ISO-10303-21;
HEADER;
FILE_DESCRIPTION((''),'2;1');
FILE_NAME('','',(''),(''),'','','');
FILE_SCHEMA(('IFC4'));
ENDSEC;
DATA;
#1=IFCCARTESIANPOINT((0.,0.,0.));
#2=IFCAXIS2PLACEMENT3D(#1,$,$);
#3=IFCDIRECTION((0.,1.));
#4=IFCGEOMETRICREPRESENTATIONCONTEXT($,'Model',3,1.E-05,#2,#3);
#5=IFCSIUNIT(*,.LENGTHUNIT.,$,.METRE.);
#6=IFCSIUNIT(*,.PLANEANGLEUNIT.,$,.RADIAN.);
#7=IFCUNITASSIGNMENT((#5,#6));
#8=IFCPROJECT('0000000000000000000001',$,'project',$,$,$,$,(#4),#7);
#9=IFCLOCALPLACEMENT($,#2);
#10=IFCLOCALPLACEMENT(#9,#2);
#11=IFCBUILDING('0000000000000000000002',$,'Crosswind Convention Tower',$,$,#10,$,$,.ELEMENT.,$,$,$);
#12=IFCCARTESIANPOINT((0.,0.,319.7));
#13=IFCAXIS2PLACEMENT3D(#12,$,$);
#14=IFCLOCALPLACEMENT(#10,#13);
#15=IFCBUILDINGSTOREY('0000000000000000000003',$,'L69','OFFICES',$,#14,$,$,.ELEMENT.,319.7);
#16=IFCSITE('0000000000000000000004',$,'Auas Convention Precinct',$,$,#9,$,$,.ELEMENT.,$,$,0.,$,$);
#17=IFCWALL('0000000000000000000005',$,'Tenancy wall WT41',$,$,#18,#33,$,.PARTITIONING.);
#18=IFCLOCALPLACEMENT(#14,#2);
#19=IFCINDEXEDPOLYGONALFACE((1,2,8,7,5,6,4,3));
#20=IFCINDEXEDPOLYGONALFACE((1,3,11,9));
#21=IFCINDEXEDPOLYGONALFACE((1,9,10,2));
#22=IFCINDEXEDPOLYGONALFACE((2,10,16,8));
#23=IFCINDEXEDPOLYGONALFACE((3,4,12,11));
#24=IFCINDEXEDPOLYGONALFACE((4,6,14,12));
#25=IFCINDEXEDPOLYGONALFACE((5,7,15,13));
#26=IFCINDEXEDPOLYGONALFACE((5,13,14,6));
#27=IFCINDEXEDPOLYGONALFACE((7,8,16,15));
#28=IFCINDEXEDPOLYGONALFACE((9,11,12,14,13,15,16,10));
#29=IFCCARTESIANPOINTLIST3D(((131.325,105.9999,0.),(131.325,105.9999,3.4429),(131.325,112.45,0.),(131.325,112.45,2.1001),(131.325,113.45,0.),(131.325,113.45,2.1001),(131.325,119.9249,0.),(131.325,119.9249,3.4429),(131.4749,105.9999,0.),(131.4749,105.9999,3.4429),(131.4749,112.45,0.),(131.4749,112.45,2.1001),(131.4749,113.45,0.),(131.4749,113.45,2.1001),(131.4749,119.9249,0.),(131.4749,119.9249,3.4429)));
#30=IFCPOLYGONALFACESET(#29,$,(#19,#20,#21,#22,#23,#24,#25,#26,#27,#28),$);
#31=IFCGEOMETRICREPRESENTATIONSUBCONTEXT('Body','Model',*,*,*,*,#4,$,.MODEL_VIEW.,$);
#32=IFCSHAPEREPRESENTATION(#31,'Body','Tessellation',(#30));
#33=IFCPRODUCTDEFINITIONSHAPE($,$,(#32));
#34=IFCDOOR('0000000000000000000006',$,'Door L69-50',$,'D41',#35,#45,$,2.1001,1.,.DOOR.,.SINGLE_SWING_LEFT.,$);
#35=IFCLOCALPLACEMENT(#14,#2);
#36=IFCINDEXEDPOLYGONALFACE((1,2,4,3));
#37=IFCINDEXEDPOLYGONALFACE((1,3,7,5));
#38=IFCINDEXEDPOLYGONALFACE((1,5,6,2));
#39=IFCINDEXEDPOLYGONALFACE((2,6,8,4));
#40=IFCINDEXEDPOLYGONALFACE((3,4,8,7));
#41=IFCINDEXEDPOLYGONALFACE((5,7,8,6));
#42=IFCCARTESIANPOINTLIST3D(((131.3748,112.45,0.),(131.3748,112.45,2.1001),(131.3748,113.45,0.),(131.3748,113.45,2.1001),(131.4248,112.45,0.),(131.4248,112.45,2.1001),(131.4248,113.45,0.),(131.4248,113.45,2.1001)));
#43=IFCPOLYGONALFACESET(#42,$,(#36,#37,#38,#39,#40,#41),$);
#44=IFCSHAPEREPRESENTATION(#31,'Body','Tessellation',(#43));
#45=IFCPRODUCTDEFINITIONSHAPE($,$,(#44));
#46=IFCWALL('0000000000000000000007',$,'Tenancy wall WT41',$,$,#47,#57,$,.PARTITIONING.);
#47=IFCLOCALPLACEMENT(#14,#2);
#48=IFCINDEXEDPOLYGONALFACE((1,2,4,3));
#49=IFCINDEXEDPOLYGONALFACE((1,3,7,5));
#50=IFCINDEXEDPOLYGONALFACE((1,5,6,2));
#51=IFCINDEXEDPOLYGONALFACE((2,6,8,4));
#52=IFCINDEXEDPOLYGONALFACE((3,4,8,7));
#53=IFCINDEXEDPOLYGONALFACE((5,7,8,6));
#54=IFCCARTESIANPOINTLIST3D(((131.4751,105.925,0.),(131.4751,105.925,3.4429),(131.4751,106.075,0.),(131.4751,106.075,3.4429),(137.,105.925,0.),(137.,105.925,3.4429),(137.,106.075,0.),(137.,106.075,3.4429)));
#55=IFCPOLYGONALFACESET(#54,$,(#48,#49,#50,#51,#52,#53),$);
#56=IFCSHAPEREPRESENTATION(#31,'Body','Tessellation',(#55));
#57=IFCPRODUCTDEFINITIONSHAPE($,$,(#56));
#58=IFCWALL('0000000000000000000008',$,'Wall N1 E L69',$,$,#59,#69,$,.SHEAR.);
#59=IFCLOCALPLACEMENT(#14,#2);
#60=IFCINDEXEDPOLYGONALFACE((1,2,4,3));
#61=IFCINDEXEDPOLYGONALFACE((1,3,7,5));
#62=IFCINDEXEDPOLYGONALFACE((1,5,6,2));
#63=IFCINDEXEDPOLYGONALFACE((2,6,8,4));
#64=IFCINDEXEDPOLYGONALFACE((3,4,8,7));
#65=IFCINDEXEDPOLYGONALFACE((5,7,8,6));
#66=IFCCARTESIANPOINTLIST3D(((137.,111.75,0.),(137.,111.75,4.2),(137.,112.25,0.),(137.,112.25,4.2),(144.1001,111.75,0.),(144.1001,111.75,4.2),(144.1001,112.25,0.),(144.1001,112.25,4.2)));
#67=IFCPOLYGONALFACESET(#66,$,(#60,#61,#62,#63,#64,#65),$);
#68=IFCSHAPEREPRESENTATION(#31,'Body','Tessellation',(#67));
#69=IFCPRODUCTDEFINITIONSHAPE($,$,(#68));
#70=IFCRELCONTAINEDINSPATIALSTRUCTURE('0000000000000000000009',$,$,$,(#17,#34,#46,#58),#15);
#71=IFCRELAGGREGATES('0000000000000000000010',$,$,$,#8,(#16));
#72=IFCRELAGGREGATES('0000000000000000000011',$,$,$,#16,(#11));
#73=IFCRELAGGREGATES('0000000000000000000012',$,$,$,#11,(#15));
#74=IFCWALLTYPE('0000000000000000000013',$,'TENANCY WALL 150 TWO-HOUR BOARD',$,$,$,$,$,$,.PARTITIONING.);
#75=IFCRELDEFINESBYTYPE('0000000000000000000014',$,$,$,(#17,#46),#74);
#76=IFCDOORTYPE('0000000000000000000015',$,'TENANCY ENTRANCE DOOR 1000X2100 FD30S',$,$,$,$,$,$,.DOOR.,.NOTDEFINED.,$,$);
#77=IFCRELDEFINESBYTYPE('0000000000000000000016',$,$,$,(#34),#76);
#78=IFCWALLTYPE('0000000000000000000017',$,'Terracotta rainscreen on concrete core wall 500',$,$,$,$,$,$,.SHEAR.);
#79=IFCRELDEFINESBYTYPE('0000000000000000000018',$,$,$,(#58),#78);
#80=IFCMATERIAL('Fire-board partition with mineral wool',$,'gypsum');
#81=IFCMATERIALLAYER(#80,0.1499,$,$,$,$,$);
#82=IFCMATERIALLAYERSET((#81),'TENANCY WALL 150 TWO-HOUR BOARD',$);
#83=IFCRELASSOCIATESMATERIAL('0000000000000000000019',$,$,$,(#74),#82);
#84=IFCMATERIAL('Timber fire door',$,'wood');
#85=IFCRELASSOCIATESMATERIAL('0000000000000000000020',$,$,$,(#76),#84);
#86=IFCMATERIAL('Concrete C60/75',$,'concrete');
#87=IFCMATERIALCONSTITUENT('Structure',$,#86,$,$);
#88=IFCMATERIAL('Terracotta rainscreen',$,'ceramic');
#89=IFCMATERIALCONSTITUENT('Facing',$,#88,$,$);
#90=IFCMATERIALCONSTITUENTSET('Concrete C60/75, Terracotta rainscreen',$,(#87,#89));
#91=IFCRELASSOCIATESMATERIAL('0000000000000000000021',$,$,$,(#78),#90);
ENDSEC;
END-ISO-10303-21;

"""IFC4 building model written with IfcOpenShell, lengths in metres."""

from ifc_helpers import new_model, si_unit, direction, frame, frame_2d, origin, place, context, subcontext, project, spatial, rectangle, extrude, material, layer, layer_set, constituent, constituent_set, type_object, element, fill, save


model = new_model("IFC4")

# Units and contexts
model_context = context("Model", 3, precision=1e-05, world=origin(), true_north=direction((0.0, 1.0)))
body_context = subcontext(model_context, "Body", "Model", "MODEL_VIEW")
ifc_project = project(units=[si_unit("LENGTHUNIT", "METRE"), si_unit("PLANEANGLEUNIT", "RADIAN")], contexts=[model_context])

# Site, building, storey
site_placement = place(None, origin())
site = spatial("IfcSite", under=ifc_project, at=site_placement, Name="Auas Convention Precinct", CompositionType="ELEMENT", RefElevation=0.0)
building_placement = place(site_placement, origin())
building = spatial("IfcBuilding", under=site, at=building_placement, Name="Crosswind Convention Tower", CompositionType="ELEMENT")
storey_placement = place(building_placement, frame((0.0, 0.0, 319.7)))
storey = spatial("IfcBuildingStorey", under=building, at=storey_placement, Name="L69", Description="OFFICES", CompositionType="ELEMENT", Elevation=319.7)

# Shared definitions
ifc_material_1 = material(Name="Concrete C60/75", Category="concrete")

# Wall, opening, door
ifc_material_2 = material(Name="Fire-board partition with mineral wool", Category="gypsum")
ifc_layer = layer(ifc_material_2, 0.1499)
ifc_layer_set = layer_set([ifc_layer], Name="TENANCY WALL 150 TWO-HOUR BOARD")
wall_type_1 = type_object("IfcWallType", Name="TENANCY WALL 150 TWO-HOUR BOARD", PredefinedType="PARTITIONING", material=ifc_layer_set)
wall_1_placement = place(storey_placement, frame((131.3999, 106.0, 0.0), z_axis=(0.0, 0.0, 1.0), x_axis=(0.0, 1.0, 0.0)))
wall_1 = element("IfcWall", 1, at=wall_1_placement, inside=storey, type_object=wall_type_1, Name="Tenancy wall WT41", PredefinedType="PARTITIONING", context=body_context, shape_type="SweptSolid", body=[
    extrude(rectangle(XDim=13.925, YDim=0.1499, at=frame_2d((6.9624, 0.0))), origin(), (0.0, 0.0, 1.0), 3.4429),
])
opening_placement = place(wall_1_placement, frame((6.45, 0.0, 0.0)))
opening = element("IfcOpeningElement", 2, at=opening_placement, cuts=wall_1, PredefinedType="OPENING", context=body_context, shape_type="SweptSolid", body=[
    extrude(rectangle(XDim=1.0, YDim=2.1001, at=frame_2d((0.5, 1.05))), frame((0.0, 0.085, 0.0), z_axis=(0.0, -1.0, 0.0), x_axis=(1.0, 0.0, 0.0)), (0.0, 0.0, 1.0), 0.1699),
])
ifc_material_3 = material(Name="Timber fire door", Category="wood")
door_type = type_object("IfcDoorType", Name="TENANCY ENTRANCE DOOR 1000X2100 FD30S", OperationType="NOTDEFINED", PredefinedType="DOOR", material=ifc_material_3)
door_placement = place(opening_placement, frame((1.0, 0.0, 0.0), z_axis=(0.0, 0.0, 1.0), x_axis=(-1.0, 0.0, 0.0)))
door = element("IfcDoor", 3, at=door_placement, inside=storey, type_object=door_type, Name="Door L69-50", ObjectType="D41", OperationType="SINGLE_SWING_LEFT", OverallHeight=2.1001, OverallWidth=1.0, PredefinedType="DOOR", context=body_context, shape_type="SweptSolid", body=[
    extrude(rectangle(XDim=1.0, YDim=2.1001, at=frame_2d((0.5, 1.05))), frame((0.0, 0.0249, 0.0), z_axis=(0.0, -1.0, 0.0), x_axis=(1.0, 0.0, 0.0)), (0.0, 0.0, 1.0), 0.05),
])
fill(opening, door)

# Walls
wall_2_placement = place(storey_placement, frame((131.4751, 106.0, 0.0), z_axis=(0.0, 0.0, 1.0), x_axis=(1.0, 0.0, 0.0)))
element("IfcWall", 4, at=wall_2_placement, inside=storey, type_object=wall_type_1, Name="Tenancy wall WT41", PredefinedType="PARTITIONING", context=body_context, shape_type="SweptSolid", body=[
    extrude(rectangle(XDim=5.5249, YDim=0.1499, at=frame_2d((2.7625, 0.0))), origin(), (0.0, 0.0, 1.0), 3.4429),
])
ifc_constituent_1 = constituent(ifc_material_1, Name="Structure")
ifc_material_4 = material(Name="Terracotta rainscreen", Category="ceramic")
ifc_constituent_2 = constituent(ifc_material_4, Name="Facing")
ifc_constituent_set = constituent_set(constituents=[ifc_constituent_1, ifc_constituent_2], Name="Concrete C60/75, Terracotta rainscreen")
wall_type_2 = type_object("IfcWallType", Name="Terracotta rainscreen on concrete core wall 500", PredefinedType="SHEAR", material=ifc_constituent_set)
wall_3_placement = place(storey_placement, frame((137.0, 112.0, 0.0), z_axis=(0.0, 0.0, 1.0), x_axis=(1.0, 0.0, 0.0)))
element("IfcWall", 5, at=wall_3_placement, inside=storey, type_object=wall_type_2, Name="Wall N1 E L69", PredefinedType="SHEAR", context=body_context, shape_type="SweptSolid", body=[
    extrude(rectangle(XDim=7.1001, YDim=0.5, at=frame_2d((3.55, 0.0))), origin(), (0.0, 0.0, 1.0), 4.2),
])

save(model, "model.ifc")
